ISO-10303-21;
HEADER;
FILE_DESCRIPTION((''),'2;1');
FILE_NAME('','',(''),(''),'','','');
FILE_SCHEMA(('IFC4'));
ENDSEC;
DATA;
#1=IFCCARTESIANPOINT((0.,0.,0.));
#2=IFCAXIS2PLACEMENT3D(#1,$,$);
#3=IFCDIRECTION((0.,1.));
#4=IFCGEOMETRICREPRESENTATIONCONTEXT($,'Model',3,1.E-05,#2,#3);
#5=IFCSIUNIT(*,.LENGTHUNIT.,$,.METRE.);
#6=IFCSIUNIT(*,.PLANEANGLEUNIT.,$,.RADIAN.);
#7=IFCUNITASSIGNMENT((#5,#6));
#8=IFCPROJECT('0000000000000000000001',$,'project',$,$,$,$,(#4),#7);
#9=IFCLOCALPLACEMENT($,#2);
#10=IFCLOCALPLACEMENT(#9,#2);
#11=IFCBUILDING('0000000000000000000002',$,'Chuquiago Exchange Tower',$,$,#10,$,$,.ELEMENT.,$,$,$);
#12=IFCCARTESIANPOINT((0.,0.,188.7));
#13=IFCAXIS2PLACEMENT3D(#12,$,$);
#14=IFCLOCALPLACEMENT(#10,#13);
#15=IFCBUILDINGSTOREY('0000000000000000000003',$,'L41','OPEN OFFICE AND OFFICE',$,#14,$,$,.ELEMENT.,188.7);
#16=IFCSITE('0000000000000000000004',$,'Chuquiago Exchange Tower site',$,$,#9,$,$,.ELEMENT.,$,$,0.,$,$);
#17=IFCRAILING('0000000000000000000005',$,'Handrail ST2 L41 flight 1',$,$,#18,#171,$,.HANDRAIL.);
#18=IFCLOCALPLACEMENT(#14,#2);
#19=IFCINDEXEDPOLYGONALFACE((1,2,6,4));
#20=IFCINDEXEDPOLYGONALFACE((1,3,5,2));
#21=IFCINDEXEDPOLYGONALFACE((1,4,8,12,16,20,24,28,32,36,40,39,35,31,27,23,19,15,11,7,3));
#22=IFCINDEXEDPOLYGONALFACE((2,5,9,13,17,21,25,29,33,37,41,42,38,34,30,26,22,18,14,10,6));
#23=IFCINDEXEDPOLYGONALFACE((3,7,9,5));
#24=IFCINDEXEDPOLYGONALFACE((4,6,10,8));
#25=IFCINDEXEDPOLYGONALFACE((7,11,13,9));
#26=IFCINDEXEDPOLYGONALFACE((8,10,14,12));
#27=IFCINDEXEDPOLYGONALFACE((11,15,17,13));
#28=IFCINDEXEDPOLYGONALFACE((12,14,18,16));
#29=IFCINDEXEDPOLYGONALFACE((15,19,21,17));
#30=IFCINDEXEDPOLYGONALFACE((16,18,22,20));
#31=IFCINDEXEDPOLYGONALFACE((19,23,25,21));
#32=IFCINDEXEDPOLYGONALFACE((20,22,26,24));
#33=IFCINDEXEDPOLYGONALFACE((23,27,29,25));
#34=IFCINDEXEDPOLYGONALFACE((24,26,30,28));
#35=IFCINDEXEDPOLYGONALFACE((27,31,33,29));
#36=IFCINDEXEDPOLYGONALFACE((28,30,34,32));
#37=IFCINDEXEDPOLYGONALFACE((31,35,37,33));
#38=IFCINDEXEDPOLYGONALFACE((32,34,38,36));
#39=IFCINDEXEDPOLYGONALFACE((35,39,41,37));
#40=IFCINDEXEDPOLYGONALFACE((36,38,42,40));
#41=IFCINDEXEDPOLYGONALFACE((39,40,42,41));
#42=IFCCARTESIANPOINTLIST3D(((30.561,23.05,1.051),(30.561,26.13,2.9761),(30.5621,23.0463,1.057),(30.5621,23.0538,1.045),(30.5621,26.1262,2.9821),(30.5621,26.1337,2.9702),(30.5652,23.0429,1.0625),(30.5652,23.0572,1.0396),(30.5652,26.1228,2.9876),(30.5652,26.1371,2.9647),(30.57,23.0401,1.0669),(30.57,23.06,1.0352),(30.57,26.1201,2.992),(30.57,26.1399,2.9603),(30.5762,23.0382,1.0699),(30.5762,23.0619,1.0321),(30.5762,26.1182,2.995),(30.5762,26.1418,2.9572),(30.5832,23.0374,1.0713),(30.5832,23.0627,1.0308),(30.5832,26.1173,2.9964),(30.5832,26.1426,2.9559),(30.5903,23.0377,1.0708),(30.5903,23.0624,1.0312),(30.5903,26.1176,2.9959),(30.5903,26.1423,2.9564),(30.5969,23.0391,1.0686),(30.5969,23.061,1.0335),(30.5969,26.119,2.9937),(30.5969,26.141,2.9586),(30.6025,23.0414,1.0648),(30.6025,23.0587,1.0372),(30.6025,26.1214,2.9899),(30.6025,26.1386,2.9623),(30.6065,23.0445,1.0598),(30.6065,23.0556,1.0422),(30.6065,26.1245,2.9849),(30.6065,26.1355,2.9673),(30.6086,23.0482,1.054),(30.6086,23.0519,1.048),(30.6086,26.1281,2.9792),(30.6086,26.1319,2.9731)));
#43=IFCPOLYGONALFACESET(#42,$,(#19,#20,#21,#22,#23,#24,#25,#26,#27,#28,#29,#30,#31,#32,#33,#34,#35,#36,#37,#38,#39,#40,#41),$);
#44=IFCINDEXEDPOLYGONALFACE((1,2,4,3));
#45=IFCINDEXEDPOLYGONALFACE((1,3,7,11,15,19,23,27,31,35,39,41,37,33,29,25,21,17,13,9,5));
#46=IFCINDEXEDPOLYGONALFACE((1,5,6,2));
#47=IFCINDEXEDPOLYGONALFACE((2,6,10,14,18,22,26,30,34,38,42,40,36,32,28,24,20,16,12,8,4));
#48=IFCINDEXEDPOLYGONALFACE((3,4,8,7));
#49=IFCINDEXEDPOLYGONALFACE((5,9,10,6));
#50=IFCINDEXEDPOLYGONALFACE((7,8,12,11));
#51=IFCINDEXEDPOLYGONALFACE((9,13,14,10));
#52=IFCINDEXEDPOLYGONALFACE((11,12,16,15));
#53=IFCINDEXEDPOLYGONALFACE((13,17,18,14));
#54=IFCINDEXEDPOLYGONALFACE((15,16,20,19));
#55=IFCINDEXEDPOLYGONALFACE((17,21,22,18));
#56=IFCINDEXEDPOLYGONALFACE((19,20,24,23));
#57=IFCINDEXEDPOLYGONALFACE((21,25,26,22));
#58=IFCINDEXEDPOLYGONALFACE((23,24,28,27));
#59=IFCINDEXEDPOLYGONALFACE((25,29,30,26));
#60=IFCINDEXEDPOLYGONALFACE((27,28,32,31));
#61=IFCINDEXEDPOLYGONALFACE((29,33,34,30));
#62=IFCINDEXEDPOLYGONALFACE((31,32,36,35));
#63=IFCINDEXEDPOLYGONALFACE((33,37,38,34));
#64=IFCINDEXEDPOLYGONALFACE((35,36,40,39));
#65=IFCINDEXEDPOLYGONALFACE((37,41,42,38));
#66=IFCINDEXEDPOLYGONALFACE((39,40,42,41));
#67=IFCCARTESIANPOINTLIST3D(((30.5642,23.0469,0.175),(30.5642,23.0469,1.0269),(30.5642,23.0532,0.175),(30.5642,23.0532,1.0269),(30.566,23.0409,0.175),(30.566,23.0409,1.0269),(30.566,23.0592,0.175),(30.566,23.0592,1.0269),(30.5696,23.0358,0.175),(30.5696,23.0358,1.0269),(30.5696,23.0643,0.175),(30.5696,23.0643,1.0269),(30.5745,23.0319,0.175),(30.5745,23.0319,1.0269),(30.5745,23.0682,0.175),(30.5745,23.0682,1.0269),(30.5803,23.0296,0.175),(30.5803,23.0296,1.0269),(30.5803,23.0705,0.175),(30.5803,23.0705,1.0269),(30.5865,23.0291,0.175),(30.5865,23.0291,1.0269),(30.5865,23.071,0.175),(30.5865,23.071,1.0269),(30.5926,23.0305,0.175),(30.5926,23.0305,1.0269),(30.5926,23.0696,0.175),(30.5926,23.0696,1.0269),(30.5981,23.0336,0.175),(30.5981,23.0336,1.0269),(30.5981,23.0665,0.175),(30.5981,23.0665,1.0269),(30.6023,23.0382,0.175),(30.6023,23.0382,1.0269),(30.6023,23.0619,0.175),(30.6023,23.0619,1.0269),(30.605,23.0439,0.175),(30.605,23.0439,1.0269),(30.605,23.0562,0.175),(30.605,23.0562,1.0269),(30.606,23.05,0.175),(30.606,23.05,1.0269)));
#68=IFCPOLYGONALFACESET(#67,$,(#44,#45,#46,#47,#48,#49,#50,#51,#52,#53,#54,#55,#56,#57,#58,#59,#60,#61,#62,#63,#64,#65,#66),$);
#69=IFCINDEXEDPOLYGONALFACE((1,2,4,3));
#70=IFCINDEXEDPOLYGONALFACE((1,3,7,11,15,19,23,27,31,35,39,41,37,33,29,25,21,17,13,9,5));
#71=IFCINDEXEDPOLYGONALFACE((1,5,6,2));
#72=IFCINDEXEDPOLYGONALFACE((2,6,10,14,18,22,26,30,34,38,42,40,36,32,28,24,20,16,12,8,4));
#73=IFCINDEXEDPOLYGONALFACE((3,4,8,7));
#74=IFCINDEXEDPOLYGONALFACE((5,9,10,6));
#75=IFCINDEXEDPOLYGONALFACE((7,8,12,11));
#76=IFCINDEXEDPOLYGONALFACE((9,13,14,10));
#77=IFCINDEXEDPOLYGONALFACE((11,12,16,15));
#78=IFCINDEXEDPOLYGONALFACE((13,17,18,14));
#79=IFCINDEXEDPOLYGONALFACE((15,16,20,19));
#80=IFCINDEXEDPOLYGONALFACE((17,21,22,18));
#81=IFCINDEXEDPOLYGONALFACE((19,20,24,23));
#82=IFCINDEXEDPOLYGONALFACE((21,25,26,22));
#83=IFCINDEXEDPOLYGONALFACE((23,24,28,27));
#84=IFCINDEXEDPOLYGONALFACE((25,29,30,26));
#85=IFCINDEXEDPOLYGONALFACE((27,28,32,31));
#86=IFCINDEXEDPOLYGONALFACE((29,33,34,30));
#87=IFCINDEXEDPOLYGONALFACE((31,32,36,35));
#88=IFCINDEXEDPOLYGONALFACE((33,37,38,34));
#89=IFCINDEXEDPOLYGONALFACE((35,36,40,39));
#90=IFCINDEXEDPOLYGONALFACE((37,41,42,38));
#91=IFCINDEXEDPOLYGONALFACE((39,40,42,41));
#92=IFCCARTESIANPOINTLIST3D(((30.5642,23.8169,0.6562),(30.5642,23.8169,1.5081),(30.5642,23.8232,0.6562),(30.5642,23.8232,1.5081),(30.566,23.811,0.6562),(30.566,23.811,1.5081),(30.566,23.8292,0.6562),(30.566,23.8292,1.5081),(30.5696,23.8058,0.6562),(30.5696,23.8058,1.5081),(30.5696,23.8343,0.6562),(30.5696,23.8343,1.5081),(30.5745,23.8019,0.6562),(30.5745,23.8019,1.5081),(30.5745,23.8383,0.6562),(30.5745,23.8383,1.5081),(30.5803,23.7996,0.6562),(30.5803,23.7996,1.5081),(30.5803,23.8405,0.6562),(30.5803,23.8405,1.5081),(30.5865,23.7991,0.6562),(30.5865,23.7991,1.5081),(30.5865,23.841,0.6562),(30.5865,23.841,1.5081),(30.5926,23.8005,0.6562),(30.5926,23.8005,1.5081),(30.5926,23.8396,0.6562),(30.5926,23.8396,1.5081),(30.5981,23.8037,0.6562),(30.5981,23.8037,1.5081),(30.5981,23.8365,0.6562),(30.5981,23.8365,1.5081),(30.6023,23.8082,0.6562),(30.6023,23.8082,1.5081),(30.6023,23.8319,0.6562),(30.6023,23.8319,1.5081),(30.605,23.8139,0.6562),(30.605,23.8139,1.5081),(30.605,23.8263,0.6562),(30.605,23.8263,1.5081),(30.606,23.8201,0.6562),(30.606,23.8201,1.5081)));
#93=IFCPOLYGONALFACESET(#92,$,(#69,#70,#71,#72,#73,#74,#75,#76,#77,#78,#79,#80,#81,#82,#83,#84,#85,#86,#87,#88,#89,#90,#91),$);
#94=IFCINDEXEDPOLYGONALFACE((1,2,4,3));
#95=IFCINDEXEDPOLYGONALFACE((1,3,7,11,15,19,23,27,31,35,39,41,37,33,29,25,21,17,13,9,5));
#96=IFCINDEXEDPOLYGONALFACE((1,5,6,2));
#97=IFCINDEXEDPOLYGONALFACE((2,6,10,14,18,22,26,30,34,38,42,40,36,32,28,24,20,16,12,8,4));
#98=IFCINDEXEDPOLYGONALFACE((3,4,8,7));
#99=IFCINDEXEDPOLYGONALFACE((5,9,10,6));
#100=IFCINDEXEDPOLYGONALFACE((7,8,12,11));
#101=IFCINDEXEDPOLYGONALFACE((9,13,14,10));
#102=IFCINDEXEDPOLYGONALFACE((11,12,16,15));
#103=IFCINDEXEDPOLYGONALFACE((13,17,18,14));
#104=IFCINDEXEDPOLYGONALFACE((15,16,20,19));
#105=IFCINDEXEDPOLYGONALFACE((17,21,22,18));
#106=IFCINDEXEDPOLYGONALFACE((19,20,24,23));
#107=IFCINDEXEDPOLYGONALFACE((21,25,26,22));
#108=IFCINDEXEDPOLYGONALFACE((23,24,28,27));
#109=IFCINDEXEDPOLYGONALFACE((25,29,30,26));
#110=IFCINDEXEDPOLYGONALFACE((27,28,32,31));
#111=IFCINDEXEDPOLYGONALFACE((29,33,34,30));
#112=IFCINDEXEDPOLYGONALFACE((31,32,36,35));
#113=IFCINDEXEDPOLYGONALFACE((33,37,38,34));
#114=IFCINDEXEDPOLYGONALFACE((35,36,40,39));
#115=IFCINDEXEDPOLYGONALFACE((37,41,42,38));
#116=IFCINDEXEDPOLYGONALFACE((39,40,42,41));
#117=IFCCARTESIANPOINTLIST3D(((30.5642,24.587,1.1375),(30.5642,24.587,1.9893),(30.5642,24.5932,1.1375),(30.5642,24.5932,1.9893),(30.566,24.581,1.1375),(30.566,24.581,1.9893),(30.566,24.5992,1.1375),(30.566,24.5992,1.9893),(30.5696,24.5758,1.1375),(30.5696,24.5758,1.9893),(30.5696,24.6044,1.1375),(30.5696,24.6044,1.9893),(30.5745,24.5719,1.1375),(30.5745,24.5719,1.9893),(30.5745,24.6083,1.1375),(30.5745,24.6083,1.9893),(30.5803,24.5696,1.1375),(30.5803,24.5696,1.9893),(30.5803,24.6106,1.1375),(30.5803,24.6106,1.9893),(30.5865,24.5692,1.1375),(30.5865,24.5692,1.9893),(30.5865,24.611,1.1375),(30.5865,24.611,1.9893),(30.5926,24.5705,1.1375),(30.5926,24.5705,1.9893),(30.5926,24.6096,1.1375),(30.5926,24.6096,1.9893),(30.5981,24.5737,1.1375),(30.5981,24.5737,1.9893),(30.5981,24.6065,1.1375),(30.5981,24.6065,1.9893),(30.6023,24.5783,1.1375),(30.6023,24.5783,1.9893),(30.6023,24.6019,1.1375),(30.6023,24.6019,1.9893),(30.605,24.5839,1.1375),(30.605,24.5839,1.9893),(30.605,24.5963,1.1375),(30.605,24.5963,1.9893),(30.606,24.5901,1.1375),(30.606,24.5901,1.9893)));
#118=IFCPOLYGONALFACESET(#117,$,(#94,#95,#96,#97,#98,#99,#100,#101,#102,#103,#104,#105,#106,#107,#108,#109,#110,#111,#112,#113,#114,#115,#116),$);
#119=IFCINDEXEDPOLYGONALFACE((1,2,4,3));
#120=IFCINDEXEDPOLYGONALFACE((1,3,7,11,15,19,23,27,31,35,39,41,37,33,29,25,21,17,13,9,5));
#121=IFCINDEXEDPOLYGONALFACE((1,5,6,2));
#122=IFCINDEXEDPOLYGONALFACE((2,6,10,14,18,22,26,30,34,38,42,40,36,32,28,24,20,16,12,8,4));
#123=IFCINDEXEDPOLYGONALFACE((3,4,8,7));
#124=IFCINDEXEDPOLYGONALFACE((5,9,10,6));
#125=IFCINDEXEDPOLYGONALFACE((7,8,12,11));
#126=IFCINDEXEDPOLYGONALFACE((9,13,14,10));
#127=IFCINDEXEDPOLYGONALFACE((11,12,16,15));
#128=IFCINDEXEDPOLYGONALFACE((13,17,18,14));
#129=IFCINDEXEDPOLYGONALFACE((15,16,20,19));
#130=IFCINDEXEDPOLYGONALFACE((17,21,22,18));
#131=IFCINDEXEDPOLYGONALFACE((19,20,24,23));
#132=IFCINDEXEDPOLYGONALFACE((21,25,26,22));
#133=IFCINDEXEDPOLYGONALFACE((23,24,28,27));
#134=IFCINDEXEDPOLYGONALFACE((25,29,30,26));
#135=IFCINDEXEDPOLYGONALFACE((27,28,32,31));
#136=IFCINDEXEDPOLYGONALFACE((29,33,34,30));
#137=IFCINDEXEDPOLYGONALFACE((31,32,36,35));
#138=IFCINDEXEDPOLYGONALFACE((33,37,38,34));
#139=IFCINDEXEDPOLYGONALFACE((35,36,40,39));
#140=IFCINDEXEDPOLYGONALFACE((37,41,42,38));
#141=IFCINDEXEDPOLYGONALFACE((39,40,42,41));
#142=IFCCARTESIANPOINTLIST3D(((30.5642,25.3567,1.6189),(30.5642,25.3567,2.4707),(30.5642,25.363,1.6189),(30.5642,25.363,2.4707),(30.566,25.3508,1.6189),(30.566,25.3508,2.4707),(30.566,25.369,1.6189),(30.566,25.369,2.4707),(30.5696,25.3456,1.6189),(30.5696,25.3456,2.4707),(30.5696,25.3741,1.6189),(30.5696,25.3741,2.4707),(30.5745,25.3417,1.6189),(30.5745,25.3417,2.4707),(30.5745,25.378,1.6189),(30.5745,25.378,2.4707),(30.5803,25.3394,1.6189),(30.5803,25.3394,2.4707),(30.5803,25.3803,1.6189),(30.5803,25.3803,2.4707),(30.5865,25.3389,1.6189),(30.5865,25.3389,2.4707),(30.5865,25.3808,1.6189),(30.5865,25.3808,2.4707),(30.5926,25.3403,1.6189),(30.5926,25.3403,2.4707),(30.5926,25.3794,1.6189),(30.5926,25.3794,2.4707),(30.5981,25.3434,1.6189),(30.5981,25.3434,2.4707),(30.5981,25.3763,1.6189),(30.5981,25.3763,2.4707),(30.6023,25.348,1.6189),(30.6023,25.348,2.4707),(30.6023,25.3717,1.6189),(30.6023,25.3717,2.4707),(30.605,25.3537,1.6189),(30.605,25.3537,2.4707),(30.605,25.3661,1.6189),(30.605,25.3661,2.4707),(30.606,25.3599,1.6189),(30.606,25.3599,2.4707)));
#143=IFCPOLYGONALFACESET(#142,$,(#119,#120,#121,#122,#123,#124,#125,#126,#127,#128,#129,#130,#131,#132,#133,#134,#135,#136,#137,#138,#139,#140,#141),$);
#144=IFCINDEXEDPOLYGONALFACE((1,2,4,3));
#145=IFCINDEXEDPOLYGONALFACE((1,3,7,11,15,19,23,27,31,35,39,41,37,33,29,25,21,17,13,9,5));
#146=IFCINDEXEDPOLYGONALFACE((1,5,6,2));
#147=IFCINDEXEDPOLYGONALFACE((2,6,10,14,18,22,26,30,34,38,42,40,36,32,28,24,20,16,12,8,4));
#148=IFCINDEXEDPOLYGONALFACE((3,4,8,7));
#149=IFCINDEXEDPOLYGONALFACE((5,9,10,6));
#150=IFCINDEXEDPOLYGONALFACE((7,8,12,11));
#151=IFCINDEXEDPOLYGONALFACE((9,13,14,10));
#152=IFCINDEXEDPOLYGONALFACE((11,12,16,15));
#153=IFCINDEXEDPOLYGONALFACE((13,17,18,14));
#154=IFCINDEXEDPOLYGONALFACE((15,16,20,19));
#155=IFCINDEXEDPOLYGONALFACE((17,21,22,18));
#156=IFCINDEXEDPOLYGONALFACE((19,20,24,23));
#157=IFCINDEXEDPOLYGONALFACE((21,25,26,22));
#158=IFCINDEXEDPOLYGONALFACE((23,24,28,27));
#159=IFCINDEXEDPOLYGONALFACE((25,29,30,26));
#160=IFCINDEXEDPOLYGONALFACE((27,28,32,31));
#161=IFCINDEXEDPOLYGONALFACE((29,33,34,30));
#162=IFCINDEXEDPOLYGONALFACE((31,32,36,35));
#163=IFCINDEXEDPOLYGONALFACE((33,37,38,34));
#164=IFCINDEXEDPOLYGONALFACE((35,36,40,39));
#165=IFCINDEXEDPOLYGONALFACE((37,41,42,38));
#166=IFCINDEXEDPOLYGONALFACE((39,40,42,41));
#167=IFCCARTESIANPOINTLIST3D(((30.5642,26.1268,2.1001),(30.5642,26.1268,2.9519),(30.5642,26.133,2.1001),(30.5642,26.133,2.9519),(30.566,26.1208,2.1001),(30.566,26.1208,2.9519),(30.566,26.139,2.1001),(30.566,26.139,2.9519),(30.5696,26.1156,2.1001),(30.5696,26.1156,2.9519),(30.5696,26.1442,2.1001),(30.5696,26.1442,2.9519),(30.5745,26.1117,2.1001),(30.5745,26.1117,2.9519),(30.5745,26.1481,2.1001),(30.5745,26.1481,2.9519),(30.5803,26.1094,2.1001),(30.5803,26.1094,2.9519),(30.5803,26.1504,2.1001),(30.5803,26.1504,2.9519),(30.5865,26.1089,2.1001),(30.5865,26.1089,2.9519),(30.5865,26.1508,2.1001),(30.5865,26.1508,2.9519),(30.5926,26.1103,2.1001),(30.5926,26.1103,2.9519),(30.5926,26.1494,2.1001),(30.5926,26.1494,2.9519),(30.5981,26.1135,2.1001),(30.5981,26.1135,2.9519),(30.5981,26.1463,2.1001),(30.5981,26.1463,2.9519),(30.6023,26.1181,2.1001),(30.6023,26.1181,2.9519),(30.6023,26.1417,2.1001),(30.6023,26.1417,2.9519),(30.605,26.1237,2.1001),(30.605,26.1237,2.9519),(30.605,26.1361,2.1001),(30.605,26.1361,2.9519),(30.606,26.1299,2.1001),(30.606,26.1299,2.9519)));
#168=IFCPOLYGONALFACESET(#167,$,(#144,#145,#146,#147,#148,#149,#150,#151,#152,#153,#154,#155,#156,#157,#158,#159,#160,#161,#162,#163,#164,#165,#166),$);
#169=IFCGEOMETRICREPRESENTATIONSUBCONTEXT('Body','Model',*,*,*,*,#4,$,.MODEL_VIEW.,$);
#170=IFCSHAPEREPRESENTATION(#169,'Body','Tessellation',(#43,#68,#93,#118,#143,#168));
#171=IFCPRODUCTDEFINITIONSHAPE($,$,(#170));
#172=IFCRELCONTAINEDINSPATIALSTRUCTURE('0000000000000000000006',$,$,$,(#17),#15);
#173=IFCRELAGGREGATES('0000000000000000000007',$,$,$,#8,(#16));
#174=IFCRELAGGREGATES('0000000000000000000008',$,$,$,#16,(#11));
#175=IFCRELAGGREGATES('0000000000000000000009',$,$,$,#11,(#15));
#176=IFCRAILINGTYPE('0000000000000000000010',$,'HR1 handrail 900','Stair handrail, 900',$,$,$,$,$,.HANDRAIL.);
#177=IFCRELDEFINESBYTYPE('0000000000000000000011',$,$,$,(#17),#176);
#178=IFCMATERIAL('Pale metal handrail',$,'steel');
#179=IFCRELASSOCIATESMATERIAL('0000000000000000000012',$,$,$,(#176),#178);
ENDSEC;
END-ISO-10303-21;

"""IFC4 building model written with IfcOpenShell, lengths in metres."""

from ifc_helpers import new_model, si_unit, direction, frame, origin, origin_2d, place, context, subcontext, project, spatial, circle, extrude, material, type_object, element, save


model = new_model("IFC4")

# Units and contexts
model_context = context("Model", 3, precision=1e-05, world=origin(), true_north=direction((0.0, 1.0)))
body_context = subcontext(model_context, "Body", "Model", "MODEL_VIEW")
ifc_project = project(units=[si_unit("LENGTHUNIT", "METRE"), si_unit("PLANEANGLEUNIT", "RADIAN")], contexts=[model_context])

# Site, building, storey
site_placement = place(None, origin())
site = spatial("IfcSite", under=ifc_project, at=site_placement, Name="Chuquiago Exchange Tower site", CompositionType="ELEMENT", RefElevation=0.0)
building_placement = place(site_placement, origin())
building = spatial("IfcBuilding", under=site, at=building_placement, Name="Chuquiago Exchange Tower", CompositionType="ELEMENT")
storey_placement = place(building_placement, frame((0.0, 0.0, 188.7)))
storey = spatial("IfcBuildingStorey", under=building, at=storey_placement, Name="L41", Description="OPEN OFFICE AND OFFICE", CompositionType="ELEMENT", Elevation=188.7)

# Railing
ifc_material_1 = material(Name="Pale metal handrail", Category="steel")
railing_type_1 = type_object("IfcRailingType", Name="HR1 handrail 900", Description="Stair handrail, 900", PredefinedType="HANDRAIL", material=ifc_material_1)
for number, where, name in (
    (1, (30.585, 23.05, 0.175), "Handrail ST2 L41 flight 1"),
):
    element("IfcRailing", number, at=place(storey_placement, frame(where)), inside=storey, type_object=railing_type_1, Name=name, PredefinedType="HANDRAIL", context=body_context, shape_type="SweptSolid", body=[
        extrude(circle(Radius=0.0239, at=origin_2d()), frame((0.0, 0.0, 0.876), z_axis=(0.0, 0.847979, 0.530029), x_axis=(-1.0, 0.0, 0.0)), (0.0, 0.0, 1.0), 3.6321),
        extrude(circle(Radius=0.021, at=origin_2d()), origin(), (0.0, 0.0, 1.0), 0.8518),
        extrude(circle(Radius=0.021, at=origin_2d()), frame((0.0, 0.77, 0.4812)), (0.0, 0.0, 1.0), 0.8518),
        extrude(circle(Radius=0.021, at=origin_2d()), frame((0.0, 1.54, 0.9624)), (0.0, 0.0, 1.0), 0.8518),
        extrude(circle(Radius=0.021, at=origin_2d()), frame((0.0, 2.3098, 1.4438)), (0.0, 0.0, 1.0), 0.8518),
        extrude(circle(Radius=0.021, at=origin_2d()), frame((0.0, 3.0798, 1.925)), (0.0, 0.0, 1.0), 0.8518),
    ])

save(model, "model.ifc")
